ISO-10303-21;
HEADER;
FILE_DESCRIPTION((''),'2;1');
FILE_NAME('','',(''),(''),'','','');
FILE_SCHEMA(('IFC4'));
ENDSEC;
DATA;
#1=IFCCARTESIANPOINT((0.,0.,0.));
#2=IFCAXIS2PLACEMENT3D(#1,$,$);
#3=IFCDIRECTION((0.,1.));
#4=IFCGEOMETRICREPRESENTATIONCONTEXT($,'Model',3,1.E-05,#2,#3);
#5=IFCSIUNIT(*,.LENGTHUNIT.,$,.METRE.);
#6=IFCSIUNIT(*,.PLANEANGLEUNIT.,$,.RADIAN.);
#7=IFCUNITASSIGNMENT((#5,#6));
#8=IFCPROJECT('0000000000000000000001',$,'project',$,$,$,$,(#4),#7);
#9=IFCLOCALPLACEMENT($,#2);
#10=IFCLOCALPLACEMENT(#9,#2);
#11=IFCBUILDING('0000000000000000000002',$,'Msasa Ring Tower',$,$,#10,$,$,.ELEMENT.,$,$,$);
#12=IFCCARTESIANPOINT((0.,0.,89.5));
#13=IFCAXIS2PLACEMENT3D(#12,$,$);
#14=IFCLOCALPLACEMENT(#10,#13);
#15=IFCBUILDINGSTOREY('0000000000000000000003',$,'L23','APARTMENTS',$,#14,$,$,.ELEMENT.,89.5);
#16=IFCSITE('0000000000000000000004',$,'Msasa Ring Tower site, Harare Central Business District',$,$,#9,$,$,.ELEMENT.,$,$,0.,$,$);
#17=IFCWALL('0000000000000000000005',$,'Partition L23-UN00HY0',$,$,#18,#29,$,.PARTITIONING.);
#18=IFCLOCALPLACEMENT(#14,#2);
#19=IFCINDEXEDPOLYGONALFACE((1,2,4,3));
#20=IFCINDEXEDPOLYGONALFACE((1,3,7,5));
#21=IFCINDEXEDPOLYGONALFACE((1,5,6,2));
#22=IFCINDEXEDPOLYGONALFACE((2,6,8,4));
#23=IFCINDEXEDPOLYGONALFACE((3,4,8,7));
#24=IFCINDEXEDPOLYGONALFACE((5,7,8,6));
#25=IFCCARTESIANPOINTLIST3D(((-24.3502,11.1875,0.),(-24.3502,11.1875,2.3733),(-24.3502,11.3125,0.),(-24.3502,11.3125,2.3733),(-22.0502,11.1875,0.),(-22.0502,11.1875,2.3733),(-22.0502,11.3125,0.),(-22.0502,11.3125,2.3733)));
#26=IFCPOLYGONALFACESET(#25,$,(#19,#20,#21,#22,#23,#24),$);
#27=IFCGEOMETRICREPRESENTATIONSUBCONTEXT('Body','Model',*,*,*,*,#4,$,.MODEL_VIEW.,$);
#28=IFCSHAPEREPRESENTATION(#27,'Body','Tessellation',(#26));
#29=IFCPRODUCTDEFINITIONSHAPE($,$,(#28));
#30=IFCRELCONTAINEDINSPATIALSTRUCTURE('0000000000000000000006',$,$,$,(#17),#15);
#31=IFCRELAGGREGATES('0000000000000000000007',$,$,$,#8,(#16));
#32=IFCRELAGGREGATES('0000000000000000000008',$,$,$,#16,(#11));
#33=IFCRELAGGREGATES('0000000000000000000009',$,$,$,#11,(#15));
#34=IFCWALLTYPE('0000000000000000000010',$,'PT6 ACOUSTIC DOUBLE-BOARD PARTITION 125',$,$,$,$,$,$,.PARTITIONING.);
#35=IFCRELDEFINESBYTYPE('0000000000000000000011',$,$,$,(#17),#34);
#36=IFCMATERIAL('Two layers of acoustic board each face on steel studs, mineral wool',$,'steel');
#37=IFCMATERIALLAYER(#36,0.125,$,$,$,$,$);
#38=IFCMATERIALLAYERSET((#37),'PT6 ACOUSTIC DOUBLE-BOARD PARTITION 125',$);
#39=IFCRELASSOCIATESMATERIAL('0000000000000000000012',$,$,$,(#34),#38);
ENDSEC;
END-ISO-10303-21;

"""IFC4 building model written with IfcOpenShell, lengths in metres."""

from ifc_helpers import new_model, si_unit, direction, frame, frame_2d, origin, place, context, subcontext, project, spatial, rectangle, extrude, material, layer, layer_set, type_object, element, save


model = new_model("IFC4")

# Units and contexts
model_context = context("Model", 3, precision=1e-05, world=origin(), true_north=direction((0.0, 1.0)))
body_context = subcontext(model_context, "Body", "Model", "MODEL_VIEW")
ifc_project = project(units=[si_unit("LENGTHUNIT", "METRE"), si_unit("PLANEANGLEUNIT", "RADIAN")], contexts=[model_context])

# Site, building, storey
site_placement = place(None, origin())
site = spatial("IfcSite", under=ifc_project, at=site_placement, Name="Msasa Ring Tower site, Harare Central Business District", CompositionType="ELEMENT", RefElevation=0.0)
building_placement = place(site_placement, origin())
building = spatial("IfcBuilding", under=site, at=building_placement, Name="Msasa Ring Tower", CompositionType="ELEMENT")
storey_placement = place(building_placement, frame((0.0, 0.0, 89.5)))
storey = spatial("IfcBuildingStorey", under=building, at=storey_placement, Name="L23", Description="APARTMENTS", CompositionType="ELEMENT", Elevation=89.5)

# Wall
ifc_material_1 = material(Name="Two layers of acoustic board each face on steel studs, mineral wool", Category="steel")
ifc_layer_1 = layer(ifc_material_1, 0.125)
ifc_layer_set_1 = layer_set([ifc_layer_1], Name="PT6 ACOUSTIC DOUBLE-BOARD PARTITION 125")
wall_type_1 = type_object("IfcWallType", Name="PT6 ACOUSTIC DOUBLE-BOARD PARTITION 125", PredefinedType="PARTITIONING", material=ifc_layer_set_1)
wall_1_placement = place(storey_placement, frame((-24.3501, 11.25, 0.0), z_axis=(0.0, 0.0, 1.0), x_axis=(1.0, 0.0, 0.0)))
element("IfcWall", 1, at=wall_1_placement, inside=storey, type_object=wall_type_1, Name="Partition L23-UN00HY0", PredefinedType="PARTITIONING", context=body_context, shape_type="SweptSolid", body=[
    extrude(rectangle(XDim=2.3, YDim=0.125, at=frame_2d((1.1499, 0.0))), origin(), (0.0, 0.0, 1.0), 2.3733),
])

save(model, "model.ifc")
